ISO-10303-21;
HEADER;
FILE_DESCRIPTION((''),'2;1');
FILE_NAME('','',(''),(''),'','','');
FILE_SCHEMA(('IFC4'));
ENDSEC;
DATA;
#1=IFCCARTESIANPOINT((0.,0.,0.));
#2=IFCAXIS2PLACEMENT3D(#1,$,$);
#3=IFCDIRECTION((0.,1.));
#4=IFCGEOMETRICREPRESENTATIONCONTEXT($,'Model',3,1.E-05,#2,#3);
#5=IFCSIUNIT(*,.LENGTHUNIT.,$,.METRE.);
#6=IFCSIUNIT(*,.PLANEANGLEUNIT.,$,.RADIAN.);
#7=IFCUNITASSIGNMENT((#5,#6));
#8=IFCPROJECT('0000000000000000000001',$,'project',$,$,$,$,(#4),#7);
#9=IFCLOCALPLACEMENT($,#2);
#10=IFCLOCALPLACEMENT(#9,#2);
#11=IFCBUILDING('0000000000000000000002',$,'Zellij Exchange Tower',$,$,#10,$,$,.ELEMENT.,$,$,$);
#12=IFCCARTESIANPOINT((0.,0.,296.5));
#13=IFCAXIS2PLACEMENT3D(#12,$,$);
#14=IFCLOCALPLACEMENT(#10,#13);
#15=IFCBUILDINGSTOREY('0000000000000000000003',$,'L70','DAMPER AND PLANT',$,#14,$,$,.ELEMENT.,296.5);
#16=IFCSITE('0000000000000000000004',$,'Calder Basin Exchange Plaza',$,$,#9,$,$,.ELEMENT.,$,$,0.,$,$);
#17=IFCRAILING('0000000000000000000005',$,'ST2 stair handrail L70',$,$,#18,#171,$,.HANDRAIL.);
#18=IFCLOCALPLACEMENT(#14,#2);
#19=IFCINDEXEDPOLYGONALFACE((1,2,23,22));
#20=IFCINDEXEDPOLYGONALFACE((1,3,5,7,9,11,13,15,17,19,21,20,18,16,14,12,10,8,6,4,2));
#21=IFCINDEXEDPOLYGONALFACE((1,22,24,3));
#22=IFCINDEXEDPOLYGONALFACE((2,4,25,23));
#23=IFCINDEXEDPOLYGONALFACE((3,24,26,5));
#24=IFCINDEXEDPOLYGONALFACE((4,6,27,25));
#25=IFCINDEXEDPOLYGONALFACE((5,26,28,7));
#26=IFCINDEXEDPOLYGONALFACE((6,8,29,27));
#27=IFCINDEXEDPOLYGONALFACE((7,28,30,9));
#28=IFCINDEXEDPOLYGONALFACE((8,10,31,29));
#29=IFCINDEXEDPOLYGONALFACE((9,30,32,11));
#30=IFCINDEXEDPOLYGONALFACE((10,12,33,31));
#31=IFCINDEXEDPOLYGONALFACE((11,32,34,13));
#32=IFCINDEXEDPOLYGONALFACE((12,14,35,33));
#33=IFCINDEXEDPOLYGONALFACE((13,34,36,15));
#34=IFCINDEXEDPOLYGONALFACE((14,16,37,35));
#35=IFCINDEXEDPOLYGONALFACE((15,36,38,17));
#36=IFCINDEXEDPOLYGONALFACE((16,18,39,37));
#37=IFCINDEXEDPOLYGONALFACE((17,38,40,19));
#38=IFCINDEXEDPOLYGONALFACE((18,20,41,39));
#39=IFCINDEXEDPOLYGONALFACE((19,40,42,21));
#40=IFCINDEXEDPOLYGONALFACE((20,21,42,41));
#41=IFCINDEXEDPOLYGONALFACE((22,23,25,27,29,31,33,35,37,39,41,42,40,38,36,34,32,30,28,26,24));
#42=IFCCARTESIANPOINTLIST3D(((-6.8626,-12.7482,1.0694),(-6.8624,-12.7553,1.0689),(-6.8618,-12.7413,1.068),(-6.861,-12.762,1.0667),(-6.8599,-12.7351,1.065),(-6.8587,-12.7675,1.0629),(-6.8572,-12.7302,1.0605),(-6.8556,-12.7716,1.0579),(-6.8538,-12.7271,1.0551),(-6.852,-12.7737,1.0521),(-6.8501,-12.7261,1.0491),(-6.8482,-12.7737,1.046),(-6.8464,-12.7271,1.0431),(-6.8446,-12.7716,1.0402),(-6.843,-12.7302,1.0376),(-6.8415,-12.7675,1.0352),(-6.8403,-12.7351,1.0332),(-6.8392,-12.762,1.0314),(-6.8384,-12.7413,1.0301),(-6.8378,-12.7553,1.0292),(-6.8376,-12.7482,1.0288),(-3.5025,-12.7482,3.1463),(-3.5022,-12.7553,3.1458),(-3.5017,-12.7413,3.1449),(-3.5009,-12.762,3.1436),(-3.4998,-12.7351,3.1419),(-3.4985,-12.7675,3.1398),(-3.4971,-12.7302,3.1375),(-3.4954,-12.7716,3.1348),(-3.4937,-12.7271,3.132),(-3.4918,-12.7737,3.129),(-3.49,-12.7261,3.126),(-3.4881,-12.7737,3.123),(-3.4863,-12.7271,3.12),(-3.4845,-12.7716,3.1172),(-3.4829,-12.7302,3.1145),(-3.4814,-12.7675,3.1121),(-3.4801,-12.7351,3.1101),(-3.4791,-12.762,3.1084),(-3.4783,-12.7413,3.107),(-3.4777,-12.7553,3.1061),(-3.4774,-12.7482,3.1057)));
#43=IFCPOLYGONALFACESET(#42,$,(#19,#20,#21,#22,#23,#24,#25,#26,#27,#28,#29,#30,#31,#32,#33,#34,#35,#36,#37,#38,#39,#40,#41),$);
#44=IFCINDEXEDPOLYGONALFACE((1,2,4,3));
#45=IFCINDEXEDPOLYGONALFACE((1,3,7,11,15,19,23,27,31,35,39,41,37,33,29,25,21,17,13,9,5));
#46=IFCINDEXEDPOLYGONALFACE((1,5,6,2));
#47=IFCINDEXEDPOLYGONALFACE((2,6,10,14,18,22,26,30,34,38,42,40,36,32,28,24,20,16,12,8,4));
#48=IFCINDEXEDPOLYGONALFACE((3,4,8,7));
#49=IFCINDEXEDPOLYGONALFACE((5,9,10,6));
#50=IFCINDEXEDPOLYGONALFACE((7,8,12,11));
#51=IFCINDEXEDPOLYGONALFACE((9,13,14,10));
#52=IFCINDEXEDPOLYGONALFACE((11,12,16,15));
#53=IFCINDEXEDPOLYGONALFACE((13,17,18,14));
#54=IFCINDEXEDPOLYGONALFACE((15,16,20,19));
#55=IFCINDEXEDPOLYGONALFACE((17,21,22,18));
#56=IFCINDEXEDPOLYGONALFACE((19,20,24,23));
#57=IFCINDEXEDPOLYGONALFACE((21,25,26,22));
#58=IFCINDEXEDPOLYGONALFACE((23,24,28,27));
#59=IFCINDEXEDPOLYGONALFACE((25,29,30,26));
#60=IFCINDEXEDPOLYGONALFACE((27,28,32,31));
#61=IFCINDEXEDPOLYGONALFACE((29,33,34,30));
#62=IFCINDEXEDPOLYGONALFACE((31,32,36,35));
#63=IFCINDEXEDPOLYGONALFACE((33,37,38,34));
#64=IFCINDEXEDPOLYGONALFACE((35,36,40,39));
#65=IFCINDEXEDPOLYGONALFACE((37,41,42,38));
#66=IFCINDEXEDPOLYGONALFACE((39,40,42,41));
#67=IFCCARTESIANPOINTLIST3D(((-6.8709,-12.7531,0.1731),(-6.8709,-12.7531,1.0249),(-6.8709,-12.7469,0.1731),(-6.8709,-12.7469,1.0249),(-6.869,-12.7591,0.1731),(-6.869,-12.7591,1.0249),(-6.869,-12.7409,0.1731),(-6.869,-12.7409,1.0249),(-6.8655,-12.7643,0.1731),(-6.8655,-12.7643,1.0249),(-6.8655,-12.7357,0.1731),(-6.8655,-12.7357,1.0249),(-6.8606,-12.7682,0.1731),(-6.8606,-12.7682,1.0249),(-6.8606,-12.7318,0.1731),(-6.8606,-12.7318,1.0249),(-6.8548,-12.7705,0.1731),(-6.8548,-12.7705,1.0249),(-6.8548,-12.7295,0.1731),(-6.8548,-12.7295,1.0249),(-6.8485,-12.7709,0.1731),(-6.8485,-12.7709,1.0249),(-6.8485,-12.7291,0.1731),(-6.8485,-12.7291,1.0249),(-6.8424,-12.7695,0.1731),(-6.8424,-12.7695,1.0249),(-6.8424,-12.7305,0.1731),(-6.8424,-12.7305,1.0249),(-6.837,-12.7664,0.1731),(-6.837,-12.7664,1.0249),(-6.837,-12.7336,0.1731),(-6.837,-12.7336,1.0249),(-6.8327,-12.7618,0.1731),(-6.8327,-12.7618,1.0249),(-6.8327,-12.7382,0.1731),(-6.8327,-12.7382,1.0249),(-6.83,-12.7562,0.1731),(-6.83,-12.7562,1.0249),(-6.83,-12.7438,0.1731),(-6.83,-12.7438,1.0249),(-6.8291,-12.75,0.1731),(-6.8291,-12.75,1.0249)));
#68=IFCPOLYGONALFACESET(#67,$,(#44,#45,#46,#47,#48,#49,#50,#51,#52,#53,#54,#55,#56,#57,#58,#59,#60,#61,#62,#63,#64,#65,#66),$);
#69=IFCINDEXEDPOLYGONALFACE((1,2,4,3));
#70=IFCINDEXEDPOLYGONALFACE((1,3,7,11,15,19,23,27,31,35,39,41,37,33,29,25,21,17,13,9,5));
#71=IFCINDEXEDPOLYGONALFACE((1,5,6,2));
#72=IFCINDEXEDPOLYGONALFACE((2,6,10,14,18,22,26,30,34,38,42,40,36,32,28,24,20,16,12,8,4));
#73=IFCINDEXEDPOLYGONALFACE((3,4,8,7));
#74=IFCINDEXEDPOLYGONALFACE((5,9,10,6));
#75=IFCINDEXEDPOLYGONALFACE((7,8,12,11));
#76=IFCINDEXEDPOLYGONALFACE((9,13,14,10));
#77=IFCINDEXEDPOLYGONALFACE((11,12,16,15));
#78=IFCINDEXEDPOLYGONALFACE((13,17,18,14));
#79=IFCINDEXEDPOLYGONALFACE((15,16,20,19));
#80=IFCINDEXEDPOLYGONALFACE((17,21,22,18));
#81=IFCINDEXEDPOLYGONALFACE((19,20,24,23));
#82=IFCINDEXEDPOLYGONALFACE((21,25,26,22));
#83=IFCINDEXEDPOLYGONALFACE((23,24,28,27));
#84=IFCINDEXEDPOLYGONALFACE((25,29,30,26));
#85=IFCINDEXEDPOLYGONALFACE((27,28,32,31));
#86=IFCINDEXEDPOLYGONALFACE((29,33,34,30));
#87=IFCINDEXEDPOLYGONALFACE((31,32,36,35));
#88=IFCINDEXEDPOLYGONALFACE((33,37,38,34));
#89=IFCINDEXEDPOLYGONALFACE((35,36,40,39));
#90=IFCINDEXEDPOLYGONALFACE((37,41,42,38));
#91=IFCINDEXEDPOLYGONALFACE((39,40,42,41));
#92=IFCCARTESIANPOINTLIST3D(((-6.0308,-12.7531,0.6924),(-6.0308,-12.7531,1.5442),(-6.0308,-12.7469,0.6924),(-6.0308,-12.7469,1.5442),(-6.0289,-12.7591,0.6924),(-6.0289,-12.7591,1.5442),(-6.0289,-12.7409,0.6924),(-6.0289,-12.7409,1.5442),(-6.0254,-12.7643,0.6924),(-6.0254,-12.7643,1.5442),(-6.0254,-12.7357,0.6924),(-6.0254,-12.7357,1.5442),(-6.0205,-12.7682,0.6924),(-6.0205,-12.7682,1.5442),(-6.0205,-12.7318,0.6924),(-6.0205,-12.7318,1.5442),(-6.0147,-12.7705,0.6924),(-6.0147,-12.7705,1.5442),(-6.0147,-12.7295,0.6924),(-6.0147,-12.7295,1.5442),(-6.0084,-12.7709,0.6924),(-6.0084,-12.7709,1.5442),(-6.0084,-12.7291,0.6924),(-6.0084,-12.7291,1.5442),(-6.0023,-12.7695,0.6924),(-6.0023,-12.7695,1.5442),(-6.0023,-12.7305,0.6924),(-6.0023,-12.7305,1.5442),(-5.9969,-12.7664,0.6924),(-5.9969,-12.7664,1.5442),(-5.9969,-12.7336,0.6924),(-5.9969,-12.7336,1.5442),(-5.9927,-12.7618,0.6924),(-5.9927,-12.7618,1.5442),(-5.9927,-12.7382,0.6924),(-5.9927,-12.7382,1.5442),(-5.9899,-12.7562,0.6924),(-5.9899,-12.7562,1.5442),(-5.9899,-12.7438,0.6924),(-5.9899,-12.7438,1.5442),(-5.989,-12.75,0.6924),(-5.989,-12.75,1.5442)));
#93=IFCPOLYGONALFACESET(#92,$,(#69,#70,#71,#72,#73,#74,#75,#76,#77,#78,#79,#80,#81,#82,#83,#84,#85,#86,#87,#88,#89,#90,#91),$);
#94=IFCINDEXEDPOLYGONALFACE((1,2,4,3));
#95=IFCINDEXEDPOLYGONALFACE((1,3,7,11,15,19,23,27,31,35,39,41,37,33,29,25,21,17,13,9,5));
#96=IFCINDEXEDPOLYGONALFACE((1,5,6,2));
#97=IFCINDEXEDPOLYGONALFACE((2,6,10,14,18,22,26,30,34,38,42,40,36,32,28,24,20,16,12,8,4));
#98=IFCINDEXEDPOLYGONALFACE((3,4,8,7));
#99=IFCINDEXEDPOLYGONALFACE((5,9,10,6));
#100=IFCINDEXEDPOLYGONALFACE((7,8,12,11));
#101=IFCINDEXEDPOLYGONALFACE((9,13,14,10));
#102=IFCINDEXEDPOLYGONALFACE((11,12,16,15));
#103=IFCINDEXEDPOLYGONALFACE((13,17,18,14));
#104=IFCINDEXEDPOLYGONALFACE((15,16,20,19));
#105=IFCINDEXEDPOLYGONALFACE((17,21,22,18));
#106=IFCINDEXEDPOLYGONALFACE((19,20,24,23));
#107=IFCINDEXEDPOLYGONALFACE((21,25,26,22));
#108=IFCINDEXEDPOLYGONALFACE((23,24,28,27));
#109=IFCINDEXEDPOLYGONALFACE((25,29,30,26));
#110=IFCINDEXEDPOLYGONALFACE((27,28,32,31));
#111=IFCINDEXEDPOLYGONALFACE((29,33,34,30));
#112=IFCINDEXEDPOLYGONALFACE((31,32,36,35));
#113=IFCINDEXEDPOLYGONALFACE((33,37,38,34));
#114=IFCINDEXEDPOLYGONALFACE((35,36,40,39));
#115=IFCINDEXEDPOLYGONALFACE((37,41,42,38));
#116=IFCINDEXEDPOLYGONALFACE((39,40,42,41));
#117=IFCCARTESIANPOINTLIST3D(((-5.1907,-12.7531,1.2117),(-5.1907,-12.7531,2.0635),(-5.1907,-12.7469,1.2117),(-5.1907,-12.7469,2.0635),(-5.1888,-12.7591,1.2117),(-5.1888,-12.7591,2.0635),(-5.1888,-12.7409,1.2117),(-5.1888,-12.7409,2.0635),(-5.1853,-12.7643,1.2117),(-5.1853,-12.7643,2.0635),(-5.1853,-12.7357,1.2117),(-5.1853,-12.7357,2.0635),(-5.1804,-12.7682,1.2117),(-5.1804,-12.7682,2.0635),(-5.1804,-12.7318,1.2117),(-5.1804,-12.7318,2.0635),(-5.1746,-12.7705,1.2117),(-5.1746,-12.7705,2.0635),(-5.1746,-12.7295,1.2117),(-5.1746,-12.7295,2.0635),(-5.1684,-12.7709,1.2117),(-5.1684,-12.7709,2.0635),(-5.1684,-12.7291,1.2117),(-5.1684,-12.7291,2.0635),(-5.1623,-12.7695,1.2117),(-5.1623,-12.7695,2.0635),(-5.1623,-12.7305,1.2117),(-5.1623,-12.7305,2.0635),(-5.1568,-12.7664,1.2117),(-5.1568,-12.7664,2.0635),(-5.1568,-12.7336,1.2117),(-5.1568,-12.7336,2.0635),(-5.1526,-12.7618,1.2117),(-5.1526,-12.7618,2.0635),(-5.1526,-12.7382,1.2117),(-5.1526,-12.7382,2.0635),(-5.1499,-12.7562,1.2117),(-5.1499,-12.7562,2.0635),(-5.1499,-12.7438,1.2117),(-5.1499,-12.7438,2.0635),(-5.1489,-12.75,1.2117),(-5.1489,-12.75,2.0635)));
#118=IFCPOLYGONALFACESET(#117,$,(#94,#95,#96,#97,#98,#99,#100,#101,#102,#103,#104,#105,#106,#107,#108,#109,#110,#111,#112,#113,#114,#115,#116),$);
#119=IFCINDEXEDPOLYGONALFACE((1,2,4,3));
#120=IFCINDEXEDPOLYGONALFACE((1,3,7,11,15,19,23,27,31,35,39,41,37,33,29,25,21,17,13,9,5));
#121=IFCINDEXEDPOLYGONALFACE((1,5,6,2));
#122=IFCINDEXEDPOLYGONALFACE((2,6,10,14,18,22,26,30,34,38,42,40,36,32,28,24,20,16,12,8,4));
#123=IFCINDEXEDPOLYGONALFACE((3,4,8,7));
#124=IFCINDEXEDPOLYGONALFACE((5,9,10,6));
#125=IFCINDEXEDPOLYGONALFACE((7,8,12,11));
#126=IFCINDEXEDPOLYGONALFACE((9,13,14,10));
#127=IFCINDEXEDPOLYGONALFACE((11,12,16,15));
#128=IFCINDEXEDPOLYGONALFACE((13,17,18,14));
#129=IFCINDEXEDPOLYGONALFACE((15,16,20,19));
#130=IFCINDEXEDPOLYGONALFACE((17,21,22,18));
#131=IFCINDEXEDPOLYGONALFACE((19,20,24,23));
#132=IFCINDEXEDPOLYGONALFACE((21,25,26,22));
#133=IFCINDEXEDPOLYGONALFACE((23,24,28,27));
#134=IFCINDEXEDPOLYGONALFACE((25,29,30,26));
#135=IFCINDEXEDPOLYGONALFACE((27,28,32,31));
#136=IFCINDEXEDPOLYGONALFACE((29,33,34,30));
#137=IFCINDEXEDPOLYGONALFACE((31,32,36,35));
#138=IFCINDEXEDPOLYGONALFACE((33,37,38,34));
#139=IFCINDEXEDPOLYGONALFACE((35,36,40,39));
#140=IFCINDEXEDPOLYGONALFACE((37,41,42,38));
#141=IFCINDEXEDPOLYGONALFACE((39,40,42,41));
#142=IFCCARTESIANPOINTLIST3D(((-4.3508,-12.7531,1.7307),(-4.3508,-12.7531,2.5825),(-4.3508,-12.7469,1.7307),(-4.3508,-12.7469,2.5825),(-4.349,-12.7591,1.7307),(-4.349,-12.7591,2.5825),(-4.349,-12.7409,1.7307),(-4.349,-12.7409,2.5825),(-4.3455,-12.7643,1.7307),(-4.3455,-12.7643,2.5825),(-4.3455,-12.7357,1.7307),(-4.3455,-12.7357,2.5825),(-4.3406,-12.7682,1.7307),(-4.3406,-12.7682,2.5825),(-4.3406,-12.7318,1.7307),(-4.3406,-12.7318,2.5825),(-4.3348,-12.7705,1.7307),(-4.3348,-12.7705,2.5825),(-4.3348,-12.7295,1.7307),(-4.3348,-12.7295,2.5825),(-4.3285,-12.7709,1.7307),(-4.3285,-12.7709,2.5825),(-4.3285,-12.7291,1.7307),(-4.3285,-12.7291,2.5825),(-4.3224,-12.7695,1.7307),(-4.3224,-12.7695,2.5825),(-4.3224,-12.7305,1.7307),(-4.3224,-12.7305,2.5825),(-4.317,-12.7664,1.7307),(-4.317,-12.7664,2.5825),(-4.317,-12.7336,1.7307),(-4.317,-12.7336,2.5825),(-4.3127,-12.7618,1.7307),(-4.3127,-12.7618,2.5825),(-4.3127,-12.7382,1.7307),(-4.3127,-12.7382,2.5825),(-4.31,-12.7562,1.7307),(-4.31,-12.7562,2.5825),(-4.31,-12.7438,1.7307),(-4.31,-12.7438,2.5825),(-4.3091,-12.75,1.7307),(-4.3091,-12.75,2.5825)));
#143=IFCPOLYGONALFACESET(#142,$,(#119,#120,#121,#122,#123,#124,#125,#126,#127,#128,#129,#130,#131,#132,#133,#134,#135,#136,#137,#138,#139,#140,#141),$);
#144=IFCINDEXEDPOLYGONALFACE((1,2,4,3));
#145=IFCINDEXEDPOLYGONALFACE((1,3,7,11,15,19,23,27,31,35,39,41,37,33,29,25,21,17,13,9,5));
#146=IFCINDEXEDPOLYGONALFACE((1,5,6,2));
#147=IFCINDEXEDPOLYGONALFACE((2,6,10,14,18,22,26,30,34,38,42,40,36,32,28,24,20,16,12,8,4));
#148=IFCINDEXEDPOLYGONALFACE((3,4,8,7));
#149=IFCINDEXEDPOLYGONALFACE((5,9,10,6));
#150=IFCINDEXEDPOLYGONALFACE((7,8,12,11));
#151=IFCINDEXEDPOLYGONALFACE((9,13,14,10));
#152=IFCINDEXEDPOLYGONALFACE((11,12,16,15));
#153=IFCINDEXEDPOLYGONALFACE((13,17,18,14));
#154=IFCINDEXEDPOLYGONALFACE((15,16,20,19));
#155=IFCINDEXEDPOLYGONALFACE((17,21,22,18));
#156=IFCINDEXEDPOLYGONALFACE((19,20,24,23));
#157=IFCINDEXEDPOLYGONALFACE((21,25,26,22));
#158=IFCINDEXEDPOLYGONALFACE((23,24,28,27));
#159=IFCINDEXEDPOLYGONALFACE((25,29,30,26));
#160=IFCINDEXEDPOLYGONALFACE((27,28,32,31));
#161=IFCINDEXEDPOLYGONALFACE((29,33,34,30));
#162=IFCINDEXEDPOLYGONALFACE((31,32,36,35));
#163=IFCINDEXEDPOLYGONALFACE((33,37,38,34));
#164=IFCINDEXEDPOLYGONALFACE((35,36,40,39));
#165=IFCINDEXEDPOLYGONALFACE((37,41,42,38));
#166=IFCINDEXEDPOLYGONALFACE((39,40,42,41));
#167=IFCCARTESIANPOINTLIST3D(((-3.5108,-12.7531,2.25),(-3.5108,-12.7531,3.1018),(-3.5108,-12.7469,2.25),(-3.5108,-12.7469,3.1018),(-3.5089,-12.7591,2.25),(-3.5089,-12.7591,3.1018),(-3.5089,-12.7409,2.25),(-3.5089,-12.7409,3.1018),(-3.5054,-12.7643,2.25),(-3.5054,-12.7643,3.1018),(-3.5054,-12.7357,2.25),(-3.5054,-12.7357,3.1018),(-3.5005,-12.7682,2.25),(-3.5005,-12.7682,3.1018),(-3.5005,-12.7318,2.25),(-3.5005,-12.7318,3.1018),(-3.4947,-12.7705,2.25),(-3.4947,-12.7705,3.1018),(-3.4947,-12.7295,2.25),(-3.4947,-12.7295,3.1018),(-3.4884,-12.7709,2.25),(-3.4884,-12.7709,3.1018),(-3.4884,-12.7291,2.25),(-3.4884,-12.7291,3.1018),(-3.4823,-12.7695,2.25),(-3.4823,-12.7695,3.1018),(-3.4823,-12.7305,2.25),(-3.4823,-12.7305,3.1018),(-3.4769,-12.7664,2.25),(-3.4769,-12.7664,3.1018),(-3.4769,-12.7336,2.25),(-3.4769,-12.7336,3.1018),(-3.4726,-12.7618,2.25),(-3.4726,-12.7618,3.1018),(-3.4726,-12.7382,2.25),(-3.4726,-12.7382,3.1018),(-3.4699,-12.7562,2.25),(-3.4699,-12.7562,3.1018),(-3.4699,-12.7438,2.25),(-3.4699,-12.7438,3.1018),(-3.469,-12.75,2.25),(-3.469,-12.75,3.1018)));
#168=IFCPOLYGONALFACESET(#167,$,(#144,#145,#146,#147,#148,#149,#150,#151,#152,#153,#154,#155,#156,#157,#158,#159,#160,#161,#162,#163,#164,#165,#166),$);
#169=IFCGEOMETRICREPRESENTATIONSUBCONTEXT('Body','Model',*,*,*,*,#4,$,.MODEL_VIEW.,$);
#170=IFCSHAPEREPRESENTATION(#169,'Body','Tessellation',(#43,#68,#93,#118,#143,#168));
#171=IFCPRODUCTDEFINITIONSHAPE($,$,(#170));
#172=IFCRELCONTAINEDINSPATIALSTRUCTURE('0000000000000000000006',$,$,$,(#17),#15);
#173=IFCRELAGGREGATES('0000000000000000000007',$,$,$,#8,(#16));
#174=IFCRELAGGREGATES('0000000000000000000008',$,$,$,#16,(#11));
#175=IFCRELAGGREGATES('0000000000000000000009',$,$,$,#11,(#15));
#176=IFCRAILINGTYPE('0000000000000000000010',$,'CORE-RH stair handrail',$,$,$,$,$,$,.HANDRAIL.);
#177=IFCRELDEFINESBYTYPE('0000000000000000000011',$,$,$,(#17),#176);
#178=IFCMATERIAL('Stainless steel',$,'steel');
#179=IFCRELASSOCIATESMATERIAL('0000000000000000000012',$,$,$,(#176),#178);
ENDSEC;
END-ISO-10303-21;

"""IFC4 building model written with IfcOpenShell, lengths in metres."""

from ifc_helpers import new_model, si_unit, direction, frame, origin, origin_2d, place, context, subcontext, project, spatial, circle, extrude, material, type_object, element, save


model = new_model("IFC4")

# Units and contexts
model_context = context("Model", 3, precision=1e-05, world=origin(), true_north=direction((0.0, 1.0)))
body_context = subcontext(model_context, "Body", "Model", "MODEL_VIEW")
ifc_project = project(units=[si_unit("LENGTHUNIT", "METRE"), si_unit("PLANEANGLEUNIT", "RADIAN")], contexts=[model_context])

# Site, building, storey
site_placement = place(None, origin())
site = spatial("IfcSite", under=ifc_project, at=site_placement, Name="Calder Basin Exchange Plaza", CompositionType="ELEMENT", RefElevation=0.0)
building_placement = place(site_placement, origin())
building = spatial("IfcBuilding", under=site, at=building_placement, Name="Zellij Exchange Tower", CompositionType="ELEMENT")
storey_placement = place(building_placement, frame((0.0, 0.0, 296.5)))
storey = spatial("IfcBuildingStorey", under=building, at=storey_placement, Name="L70", Description="DAMPER AND PLANT", CompositionType="ELEMENT", Elevation=296.5)

# Railing
ifc_material_1 = material(Name="Stainless steel", Category="steel")
railing_type_1 = type_object("IfcRailingType", Name="CORE-RH stair handrail", PredefinedType="HANDRAIL", material=ifc_material_1)
railing_1_placement = place(storey_placement, frame((-6.8501, -12.75, 0.1731)))
element("IfcRailing", 1, at=railing_1_placement, inside=storey, type_object=railing_type_1, Name="ST2 stair handrail L70", PredefinedType="HANDRAIL", context=body_context, shape_type="SweptSolid", body=[
    extrude(circle(Radius=0.0239, at=origin_2d()), frame((0.0, 0.0, 0.876), z_axis=(0.850623, 0.0, 0.525776), x_axis=(0.0, 1.0, 0.0)), (0.0, 0.0, 1.0), 3.9502),
    extrude(circle(Radius=0.021, at=origin_2d()), origin(), (0.0, 0.0, 1.0), 0.8518),
    extrude(circle(Radius=0.021, at=origin_2d()), frame((0.8401, 0.0, 0.5193)), (0.0, 0.0, 1.0), 0.8518),
    extrude(circle(Radius=0.021, at=origin_2d()), frame((1.6802, 0.0, 1.0386)), (0.0, 0.0, 1.0), 0.8518),
    extrude(circle(Radius=0.021, at=origin_2d()), frame((2.52, 0.0, 1.5576)), (0.0, 0.0, 1.0), 0.8518),
    extrude(circle(Radius=0.021, at=origin_2d()), frame((3.3601, 0.0, 2.0769)), (0.0, 0.0, 1.0), 0.8518),
])

save(model, "model.ifc")
